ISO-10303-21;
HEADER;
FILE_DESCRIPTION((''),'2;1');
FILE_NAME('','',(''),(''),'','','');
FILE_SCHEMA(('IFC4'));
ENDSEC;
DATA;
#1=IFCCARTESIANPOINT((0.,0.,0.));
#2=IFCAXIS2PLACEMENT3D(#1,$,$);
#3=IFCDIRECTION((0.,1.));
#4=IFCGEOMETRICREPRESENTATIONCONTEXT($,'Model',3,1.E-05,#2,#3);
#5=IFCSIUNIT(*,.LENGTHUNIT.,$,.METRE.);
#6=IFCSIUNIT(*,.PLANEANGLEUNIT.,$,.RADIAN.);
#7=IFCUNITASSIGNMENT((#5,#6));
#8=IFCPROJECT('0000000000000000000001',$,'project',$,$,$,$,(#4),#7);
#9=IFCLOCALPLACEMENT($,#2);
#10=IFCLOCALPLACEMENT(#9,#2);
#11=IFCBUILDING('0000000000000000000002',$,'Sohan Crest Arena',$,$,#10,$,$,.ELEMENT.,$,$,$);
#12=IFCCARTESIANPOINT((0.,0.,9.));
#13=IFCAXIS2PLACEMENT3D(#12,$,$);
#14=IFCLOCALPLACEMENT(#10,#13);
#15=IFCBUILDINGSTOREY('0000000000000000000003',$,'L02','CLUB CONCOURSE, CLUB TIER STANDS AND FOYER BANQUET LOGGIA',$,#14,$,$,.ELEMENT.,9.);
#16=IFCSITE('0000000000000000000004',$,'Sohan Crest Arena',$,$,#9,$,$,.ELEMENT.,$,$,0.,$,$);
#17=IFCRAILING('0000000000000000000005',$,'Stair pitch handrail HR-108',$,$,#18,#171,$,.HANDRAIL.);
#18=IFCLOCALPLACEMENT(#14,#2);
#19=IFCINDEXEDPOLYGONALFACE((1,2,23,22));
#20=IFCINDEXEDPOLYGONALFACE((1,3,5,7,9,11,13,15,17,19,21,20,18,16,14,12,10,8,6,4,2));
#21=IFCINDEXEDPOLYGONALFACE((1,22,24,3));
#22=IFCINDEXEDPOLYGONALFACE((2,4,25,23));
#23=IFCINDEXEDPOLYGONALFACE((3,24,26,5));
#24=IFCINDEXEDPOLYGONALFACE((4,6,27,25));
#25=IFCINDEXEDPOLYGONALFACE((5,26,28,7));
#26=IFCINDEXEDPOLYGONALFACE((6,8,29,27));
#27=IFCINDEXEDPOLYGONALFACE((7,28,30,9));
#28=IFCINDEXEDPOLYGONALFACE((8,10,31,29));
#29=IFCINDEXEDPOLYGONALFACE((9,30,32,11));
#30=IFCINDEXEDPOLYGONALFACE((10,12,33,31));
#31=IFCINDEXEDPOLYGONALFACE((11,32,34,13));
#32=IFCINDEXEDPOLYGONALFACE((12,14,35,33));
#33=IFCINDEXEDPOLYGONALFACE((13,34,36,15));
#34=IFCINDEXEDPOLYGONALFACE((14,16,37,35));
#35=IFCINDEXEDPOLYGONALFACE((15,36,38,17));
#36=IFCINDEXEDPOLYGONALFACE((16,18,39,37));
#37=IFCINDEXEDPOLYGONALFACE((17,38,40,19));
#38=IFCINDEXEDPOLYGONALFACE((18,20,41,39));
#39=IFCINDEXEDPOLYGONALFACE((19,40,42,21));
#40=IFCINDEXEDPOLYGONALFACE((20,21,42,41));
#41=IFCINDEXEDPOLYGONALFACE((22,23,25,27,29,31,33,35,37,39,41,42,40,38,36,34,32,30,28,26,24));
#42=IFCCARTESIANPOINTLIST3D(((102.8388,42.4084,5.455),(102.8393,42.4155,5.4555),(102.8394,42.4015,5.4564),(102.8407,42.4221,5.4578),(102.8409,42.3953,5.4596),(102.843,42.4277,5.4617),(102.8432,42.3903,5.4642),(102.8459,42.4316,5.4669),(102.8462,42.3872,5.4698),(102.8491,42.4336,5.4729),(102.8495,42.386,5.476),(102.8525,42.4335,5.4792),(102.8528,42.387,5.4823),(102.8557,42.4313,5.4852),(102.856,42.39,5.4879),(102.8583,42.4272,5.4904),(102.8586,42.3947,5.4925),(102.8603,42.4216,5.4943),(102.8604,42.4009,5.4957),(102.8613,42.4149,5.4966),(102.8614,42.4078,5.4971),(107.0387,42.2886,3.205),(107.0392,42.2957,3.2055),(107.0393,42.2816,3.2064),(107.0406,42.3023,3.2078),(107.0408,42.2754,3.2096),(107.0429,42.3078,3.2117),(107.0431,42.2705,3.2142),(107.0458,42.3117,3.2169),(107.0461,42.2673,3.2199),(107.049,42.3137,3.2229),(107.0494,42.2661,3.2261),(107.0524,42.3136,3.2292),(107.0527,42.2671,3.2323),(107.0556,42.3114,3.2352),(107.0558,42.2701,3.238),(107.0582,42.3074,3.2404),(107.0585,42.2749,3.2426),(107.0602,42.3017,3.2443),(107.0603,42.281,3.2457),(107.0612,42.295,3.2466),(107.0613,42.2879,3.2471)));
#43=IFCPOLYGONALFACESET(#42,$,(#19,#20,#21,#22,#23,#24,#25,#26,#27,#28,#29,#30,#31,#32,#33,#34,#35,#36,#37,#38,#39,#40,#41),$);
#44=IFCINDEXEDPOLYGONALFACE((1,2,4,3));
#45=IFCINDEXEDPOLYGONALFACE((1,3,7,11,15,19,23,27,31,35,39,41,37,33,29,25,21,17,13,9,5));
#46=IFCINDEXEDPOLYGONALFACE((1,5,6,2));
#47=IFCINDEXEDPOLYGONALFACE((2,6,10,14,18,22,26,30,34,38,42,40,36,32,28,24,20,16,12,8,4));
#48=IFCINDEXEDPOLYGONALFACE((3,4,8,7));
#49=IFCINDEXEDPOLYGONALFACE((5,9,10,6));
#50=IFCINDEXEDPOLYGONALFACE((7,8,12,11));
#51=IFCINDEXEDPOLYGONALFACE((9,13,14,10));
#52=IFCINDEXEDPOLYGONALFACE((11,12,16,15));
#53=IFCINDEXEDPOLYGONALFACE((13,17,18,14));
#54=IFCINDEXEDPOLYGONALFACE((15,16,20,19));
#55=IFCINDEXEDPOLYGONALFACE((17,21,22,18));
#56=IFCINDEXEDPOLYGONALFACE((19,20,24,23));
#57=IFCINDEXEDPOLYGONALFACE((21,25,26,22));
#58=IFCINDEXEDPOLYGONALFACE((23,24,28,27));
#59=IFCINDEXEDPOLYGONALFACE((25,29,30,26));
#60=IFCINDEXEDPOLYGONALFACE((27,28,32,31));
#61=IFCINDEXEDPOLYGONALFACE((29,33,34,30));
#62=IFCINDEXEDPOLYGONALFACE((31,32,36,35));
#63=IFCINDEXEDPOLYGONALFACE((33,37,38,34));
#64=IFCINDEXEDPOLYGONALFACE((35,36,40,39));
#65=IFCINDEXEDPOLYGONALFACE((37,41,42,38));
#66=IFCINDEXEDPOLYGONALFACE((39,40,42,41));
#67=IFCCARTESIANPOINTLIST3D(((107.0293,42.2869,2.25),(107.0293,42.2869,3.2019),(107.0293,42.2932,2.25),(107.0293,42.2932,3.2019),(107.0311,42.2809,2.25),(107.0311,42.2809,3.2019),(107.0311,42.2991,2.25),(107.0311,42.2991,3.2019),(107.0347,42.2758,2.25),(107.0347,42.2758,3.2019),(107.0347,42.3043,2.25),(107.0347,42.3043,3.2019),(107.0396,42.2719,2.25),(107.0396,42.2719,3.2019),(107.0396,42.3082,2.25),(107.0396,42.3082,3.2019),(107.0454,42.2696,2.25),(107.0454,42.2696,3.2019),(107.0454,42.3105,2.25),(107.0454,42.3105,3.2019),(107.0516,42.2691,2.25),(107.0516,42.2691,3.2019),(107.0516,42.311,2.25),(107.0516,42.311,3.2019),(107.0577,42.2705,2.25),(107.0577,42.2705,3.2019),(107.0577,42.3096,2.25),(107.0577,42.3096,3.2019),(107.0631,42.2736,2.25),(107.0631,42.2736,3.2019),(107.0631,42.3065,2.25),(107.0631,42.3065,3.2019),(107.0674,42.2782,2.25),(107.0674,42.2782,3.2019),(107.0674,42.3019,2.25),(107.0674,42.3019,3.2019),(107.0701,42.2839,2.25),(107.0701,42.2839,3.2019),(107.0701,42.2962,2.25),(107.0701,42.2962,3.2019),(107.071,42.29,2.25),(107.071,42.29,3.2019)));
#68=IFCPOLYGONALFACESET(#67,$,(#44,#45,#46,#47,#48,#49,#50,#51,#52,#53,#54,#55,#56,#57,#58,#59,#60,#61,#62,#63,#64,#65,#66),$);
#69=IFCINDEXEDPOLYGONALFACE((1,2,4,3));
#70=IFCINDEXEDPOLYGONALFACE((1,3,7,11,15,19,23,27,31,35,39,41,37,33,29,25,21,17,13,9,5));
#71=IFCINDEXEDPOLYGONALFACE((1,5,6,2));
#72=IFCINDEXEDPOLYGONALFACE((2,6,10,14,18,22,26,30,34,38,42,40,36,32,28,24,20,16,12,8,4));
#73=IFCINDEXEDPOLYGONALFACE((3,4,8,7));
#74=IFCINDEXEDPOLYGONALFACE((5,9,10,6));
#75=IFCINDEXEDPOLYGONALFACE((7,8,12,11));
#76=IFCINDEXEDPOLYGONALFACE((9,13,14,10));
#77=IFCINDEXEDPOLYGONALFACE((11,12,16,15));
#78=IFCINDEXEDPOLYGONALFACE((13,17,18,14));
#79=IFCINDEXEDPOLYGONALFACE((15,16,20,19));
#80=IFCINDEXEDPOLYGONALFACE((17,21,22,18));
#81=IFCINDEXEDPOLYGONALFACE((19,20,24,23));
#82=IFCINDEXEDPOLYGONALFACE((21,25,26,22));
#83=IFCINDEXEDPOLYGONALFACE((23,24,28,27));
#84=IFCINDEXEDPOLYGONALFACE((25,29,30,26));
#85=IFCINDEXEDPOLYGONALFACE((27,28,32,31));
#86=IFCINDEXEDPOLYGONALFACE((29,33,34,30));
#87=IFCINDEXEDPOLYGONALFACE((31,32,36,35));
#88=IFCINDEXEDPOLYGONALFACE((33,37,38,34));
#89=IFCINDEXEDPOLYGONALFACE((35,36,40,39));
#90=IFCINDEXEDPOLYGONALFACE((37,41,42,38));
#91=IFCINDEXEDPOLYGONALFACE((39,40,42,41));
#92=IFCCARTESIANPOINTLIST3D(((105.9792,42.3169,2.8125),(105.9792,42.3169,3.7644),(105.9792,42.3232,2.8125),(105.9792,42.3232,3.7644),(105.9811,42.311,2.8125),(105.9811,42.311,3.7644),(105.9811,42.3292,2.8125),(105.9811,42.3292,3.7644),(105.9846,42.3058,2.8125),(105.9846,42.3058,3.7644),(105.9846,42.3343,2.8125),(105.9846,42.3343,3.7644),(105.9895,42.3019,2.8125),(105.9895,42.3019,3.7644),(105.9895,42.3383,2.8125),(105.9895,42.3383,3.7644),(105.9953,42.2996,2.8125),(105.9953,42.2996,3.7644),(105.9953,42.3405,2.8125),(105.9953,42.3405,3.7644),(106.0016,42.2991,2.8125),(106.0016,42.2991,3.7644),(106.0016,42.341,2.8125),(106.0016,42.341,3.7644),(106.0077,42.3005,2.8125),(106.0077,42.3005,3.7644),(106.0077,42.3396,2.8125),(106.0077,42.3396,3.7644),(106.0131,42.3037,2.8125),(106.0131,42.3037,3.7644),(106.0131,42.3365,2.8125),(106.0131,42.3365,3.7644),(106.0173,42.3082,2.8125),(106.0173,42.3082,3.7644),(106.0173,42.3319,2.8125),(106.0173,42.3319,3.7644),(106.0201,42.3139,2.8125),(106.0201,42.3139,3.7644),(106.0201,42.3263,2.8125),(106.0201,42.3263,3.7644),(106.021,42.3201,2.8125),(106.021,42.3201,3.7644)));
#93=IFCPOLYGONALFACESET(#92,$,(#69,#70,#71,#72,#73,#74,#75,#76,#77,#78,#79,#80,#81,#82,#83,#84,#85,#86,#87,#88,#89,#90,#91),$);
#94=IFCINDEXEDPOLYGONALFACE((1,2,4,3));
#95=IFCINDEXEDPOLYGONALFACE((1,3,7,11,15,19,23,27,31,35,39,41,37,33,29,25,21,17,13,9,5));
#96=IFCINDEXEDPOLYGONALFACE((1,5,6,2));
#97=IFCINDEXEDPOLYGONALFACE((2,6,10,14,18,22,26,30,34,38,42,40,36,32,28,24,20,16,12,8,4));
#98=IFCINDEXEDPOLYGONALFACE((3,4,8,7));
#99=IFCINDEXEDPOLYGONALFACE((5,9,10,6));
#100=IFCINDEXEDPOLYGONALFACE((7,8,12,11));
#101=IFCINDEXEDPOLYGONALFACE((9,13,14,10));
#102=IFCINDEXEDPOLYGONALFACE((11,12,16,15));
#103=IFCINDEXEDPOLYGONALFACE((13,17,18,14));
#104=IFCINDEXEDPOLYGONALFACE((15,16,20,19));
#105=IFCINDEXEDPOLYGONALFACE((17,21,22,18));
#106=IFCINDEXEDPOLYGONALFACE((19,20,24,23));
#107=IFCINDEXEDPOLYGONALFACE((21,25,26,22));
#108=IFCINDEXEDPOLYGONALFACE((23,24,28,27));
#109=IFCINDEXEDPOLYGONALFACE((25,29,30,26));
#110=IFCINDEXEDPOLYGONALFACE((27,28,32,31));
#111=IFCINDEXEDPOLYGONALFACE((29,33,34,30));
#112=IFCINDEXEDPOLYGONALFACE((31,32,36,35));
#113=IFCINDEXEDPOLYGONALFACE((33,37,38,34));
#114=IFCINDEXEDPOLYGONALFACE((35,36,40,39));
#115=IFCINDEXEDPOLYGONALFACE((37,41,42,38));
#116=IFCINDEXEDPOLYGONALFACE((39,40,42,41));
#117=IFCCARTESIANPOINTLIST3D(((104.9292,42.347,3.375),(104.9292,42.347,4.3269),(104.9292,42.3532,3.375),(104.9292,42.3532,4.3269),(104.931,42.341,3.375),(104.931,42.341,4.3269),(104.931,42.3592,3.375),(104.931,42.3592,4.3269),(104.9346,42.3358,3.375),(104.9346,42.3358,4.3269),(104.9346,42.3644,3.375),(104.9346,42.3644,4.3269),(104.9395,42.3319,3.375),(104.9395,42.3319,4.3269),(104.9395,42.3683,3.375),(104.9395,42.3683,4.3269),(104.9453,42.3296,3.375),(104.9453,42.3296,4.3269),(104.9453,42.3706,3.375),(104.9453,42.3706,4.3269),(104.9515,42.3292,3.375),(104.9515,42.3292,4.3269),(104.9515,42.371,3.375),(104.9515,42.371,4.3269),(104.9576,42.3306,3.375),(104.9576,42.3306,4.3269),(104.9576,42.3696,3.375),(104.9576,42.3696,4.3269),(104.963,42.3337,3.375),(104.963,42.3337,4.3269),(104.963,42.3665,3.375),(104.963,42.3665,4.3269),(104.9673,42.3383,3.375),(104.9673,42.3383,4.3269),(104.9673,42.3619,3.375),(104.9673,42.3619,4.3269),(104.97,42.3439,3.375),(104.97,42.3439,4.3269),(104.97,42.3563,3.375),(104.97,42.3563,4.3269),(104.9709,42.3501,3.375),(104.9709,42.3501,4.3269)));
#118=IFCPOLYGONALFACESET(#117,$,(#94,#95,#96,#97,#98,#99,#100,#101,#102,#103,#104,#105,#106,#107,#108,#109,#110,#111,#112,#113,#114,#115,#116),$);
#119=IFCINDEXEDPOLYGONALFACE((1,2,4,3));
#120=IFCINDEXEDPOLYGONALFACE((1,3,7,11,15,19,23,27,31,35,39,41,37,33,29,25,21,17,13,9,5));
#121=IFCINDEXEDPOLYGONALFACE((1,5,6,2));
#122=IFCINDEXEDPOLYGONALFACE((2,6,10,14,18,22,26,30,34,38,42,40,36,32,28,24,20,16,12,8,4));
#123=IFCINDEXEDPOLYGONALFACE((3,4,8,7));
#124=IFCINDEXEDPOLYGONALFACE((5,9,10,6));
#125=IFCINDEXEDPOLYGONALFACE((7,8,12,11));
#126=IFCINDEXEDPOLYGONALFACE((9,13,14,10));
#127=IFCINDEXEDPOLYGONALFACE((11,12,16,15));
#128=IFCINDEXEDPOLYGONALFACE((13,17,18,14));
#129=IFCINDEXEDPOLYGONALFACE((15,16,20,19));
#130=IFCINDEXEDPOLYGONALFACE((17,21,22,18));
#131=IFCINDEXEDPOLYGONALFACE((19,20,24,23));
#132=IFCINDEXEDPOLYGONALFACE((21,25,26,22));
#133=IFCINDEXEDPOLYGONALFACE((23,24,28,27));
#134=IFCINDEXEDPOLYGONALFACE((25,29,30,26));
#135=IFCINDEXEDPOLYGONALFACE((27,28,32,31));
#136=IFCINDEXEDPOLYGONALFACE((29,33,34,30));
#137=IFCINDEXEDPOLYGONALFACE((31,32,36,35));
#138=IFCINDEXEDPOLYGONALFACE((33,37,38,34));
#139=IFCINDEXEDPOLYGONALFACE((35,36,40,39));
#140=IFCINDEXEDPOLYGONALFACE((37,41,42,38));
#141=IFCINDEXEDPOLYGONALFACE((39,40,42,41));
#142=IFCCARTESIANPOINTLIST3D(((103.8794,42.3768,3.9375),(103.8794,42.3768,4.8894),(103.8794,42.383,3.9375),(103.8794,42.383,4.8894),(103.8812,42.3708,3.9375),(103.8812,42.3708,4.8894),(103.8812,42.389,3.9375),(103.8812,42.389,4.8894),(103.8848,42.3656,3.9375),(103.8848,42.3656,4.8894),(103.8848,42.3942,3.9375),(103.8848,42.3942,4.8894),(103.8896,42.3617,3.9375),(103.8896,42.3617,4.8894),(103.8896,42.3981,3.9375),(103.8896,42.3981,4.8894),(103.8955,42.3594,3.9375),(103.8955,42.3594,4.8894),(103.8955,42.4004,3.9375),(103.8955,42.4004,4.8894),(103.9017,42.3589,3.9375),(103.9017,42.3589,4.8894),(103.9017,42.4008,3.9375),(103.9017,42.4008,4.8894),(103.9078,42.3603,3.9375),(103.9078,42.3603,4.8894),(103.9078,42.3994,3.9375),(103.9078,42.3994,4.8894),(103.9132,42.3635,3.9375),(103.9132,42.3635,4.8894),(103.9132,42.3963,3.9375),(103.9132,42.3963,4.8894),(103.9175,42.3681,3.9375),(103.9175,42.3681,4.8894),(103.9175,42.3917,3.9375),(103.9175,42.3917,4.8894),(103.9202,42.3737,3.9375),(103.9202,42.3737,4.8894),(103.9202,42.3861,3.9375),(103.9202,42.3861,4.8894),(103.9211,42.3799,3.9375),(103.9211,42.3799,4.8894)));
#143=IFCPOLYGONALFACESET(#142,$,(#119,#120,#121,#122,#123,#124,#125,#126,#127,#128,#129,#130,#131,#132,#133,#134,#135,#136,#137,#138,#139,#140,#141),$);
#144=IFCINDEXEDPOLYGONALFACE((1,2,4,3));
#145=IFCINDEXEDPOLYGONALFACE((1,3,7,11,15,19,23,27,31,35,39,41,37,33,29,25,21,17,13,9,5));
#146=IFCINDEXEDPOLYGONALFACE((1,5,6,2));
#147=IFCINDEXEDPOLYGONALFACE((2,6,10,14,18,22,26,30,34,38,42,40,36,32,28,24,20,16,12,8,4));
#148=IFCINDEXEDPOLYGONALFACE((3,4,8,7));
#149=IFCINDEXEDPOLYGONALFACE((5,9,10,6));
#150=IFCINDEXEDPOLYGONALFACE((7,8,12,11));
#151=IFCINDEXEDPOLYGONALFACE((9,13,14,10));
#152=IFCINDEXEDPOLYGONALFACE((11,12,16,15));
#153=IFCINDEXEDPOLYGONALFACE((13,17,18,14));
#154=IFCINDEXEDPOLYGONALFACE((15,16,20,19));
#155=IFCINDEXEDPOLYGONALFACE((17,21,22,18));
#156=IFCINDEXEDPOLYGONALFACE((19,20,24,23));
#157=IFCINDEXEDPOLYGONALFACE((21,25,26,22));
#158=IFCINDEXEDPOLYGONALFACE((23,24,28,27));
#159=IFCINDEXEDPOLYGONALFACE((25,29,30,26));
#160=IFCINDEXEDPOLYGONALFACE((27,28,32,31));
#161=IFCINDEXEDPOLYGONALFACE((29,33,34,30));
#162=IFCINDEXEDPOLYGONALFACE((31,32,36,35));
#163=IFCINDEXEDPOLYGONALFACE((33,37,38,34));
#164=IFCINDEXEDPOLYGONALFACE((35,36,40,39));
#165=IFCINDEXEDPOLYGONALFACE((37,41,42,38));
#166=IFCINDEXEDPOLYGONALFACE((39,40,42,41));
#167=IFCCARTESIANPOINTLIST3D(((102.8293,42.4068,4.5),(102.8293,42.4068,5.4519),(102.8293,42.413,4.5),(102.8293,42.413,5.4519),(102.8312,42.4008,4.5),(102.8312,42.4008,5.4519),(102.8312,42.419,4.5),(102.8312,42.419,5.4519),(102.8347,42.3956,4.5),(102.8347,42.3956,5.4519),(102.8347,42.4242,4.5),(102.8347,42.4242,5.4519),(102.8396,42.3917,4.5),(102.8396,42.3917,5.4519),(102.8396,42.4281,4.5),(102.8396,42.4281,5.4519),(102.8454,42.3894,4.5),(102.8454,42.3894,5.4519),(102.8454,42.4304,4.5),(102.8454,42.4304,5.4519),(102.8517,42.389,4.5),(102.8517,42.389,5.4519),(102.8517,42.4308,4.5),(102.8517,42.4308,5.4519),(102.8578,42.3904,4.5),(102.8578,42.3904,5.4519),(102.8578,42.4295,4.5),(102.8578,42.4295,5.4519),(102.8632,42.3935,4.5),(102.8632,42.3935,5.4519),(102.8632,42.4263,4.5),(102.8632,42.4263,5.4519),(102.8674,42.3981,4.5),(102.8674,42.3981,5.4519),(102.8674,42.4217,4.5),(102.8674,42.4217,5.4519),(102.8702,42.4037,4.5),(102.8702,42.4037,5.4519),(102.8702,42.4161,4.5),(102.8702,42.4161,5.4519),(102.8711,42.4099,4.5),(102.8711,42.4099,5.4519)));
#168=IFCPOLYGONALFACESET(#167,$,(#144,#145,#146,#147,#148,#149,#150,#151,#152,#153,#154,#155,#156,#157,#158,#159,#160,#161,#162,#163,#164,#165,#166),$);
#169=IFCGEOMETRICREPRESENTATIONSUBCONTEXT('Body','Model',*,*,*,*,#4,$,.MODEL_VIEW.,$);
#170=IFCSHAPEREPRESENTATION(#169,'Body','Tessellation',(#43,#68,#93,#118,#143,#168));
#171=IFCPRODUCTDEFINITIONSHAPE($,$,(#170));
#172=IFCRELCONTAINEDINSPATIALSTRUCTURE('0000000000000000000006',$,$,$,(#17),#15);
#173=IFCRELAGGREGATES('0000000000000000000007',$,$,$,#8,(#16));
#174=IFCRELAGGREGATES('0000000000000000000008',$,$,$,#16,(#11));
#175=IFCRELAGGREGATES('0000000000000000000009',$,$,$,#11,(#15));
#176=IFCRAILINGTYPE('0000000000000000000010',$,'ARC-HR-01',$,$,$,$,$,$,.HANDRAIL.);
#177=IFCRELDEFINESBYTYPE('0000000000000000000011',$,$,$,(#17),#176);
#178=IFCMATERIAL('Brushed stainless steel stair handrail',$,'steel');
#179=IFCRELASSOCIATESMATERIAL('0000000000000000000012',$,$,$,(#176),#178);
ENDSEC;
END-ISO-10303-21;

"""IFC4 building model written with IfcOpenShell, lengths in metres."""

from ifc_helpers import new_model, si_unit, direction, frame, origin, origin_2d, place, context, subcontext, project, spatial, circle, extrude, material, type_object, element, save


model = new_model("IFC4")

# Units and contexts
model_context = context("Model", 3, precision=1e-05, world=origin(), true_north=direction((0.0, 1.0)))
body_context = subcontext(model_context, "Body", "Model", "MODEL_VIEW")
ifc_project = project(units=[si_unit("LENGTHUNIT", "METRE"), si_unit("PLANEANGLEUNIT", "RADIAN")], contexts=[model_context])

# Site, building, storey
site_placement = place(None, origin())
site = spatial("IfcSite", under=ifc_project, at=site_placement, Name="Sohan Crest Arena", CompositionType="ELEMENT", RefElevation=0.0)
building_placement = place(site_placement, origin())
building = spatial("IfcBuilding", under=site, at=building_placement, Name="Sohan Crest Arena", CompositionType="ELEMENT")
storey_placement = place(building_placement, frame((0.0, 0.0, 9.0)))
storey = spatial("IfcBuildingStorey", under=building, at=storey_placement, Name="L02", Description="CLUB CONCOURSE, CLUB TIER STANDS AND FOYER BANQUET LOGGIA", CompositionType="ELEMENT", Elevation=9.0)

# Railing
ifc_material_1 = material(Name="Brushed stainless steel stair handrail", Category="steel")
railing_type_1 = type_object("IfcRailingType", Name="ARC-HR-01", PredefinedType="HANDRAIL", material=ifc_material_1)
railing_1_placement = place(storey_placement, frame((107.05, 42.29, 2.25)))
element("IfcRailing", 1, at=railing_1_placement, inside=storey, type_object=railing_type_1, Name="Stair pitch handrail HR-108", PredefinedType="HANDRAIL", context=body_context, shape_type="SweptSolid", body=[
    extrude(circle(Radius=0.0239, at=origin_2d()), frame((0.0, 0.0, 0.9761), z_axis=(-0.881199, 0.025151, 0.472076), x_axis=(-0.02853, -0.999593, 0.0)), (0.0, 0.0, 1.0), 4.7661),
    extrude(circle(Radius=0.021, at=origin_2d()), origin(), (0.0, 0.0, 1.0), 0.9519),
    extrude(circle(Radius=0.021, at=origin_2d()), frame((-1.05, 0.03, 0.5625)), (0.0, 0.0, 1.0), 0.9519),
    extrude(circle(Radius=0.021, at=origin_2d()), frame((-2.1001, 0.0601, 1.125)), (0.0, 0.0, 1.0), 0.9519),
    extrude(circle(Radius=0.021, at=origin_2d()), frame((-3.1499, 0.0898, 1.6875)), (0.0, 0.0, 1.0), 0.9519),
    extrude(circle(Radius=0.021, at=origin_2d()), frame((-4.2, 0.1199, 2.25)), (0.0, 0.0, 1.0), 0.9519),
])

save(model, "model.ifc")
